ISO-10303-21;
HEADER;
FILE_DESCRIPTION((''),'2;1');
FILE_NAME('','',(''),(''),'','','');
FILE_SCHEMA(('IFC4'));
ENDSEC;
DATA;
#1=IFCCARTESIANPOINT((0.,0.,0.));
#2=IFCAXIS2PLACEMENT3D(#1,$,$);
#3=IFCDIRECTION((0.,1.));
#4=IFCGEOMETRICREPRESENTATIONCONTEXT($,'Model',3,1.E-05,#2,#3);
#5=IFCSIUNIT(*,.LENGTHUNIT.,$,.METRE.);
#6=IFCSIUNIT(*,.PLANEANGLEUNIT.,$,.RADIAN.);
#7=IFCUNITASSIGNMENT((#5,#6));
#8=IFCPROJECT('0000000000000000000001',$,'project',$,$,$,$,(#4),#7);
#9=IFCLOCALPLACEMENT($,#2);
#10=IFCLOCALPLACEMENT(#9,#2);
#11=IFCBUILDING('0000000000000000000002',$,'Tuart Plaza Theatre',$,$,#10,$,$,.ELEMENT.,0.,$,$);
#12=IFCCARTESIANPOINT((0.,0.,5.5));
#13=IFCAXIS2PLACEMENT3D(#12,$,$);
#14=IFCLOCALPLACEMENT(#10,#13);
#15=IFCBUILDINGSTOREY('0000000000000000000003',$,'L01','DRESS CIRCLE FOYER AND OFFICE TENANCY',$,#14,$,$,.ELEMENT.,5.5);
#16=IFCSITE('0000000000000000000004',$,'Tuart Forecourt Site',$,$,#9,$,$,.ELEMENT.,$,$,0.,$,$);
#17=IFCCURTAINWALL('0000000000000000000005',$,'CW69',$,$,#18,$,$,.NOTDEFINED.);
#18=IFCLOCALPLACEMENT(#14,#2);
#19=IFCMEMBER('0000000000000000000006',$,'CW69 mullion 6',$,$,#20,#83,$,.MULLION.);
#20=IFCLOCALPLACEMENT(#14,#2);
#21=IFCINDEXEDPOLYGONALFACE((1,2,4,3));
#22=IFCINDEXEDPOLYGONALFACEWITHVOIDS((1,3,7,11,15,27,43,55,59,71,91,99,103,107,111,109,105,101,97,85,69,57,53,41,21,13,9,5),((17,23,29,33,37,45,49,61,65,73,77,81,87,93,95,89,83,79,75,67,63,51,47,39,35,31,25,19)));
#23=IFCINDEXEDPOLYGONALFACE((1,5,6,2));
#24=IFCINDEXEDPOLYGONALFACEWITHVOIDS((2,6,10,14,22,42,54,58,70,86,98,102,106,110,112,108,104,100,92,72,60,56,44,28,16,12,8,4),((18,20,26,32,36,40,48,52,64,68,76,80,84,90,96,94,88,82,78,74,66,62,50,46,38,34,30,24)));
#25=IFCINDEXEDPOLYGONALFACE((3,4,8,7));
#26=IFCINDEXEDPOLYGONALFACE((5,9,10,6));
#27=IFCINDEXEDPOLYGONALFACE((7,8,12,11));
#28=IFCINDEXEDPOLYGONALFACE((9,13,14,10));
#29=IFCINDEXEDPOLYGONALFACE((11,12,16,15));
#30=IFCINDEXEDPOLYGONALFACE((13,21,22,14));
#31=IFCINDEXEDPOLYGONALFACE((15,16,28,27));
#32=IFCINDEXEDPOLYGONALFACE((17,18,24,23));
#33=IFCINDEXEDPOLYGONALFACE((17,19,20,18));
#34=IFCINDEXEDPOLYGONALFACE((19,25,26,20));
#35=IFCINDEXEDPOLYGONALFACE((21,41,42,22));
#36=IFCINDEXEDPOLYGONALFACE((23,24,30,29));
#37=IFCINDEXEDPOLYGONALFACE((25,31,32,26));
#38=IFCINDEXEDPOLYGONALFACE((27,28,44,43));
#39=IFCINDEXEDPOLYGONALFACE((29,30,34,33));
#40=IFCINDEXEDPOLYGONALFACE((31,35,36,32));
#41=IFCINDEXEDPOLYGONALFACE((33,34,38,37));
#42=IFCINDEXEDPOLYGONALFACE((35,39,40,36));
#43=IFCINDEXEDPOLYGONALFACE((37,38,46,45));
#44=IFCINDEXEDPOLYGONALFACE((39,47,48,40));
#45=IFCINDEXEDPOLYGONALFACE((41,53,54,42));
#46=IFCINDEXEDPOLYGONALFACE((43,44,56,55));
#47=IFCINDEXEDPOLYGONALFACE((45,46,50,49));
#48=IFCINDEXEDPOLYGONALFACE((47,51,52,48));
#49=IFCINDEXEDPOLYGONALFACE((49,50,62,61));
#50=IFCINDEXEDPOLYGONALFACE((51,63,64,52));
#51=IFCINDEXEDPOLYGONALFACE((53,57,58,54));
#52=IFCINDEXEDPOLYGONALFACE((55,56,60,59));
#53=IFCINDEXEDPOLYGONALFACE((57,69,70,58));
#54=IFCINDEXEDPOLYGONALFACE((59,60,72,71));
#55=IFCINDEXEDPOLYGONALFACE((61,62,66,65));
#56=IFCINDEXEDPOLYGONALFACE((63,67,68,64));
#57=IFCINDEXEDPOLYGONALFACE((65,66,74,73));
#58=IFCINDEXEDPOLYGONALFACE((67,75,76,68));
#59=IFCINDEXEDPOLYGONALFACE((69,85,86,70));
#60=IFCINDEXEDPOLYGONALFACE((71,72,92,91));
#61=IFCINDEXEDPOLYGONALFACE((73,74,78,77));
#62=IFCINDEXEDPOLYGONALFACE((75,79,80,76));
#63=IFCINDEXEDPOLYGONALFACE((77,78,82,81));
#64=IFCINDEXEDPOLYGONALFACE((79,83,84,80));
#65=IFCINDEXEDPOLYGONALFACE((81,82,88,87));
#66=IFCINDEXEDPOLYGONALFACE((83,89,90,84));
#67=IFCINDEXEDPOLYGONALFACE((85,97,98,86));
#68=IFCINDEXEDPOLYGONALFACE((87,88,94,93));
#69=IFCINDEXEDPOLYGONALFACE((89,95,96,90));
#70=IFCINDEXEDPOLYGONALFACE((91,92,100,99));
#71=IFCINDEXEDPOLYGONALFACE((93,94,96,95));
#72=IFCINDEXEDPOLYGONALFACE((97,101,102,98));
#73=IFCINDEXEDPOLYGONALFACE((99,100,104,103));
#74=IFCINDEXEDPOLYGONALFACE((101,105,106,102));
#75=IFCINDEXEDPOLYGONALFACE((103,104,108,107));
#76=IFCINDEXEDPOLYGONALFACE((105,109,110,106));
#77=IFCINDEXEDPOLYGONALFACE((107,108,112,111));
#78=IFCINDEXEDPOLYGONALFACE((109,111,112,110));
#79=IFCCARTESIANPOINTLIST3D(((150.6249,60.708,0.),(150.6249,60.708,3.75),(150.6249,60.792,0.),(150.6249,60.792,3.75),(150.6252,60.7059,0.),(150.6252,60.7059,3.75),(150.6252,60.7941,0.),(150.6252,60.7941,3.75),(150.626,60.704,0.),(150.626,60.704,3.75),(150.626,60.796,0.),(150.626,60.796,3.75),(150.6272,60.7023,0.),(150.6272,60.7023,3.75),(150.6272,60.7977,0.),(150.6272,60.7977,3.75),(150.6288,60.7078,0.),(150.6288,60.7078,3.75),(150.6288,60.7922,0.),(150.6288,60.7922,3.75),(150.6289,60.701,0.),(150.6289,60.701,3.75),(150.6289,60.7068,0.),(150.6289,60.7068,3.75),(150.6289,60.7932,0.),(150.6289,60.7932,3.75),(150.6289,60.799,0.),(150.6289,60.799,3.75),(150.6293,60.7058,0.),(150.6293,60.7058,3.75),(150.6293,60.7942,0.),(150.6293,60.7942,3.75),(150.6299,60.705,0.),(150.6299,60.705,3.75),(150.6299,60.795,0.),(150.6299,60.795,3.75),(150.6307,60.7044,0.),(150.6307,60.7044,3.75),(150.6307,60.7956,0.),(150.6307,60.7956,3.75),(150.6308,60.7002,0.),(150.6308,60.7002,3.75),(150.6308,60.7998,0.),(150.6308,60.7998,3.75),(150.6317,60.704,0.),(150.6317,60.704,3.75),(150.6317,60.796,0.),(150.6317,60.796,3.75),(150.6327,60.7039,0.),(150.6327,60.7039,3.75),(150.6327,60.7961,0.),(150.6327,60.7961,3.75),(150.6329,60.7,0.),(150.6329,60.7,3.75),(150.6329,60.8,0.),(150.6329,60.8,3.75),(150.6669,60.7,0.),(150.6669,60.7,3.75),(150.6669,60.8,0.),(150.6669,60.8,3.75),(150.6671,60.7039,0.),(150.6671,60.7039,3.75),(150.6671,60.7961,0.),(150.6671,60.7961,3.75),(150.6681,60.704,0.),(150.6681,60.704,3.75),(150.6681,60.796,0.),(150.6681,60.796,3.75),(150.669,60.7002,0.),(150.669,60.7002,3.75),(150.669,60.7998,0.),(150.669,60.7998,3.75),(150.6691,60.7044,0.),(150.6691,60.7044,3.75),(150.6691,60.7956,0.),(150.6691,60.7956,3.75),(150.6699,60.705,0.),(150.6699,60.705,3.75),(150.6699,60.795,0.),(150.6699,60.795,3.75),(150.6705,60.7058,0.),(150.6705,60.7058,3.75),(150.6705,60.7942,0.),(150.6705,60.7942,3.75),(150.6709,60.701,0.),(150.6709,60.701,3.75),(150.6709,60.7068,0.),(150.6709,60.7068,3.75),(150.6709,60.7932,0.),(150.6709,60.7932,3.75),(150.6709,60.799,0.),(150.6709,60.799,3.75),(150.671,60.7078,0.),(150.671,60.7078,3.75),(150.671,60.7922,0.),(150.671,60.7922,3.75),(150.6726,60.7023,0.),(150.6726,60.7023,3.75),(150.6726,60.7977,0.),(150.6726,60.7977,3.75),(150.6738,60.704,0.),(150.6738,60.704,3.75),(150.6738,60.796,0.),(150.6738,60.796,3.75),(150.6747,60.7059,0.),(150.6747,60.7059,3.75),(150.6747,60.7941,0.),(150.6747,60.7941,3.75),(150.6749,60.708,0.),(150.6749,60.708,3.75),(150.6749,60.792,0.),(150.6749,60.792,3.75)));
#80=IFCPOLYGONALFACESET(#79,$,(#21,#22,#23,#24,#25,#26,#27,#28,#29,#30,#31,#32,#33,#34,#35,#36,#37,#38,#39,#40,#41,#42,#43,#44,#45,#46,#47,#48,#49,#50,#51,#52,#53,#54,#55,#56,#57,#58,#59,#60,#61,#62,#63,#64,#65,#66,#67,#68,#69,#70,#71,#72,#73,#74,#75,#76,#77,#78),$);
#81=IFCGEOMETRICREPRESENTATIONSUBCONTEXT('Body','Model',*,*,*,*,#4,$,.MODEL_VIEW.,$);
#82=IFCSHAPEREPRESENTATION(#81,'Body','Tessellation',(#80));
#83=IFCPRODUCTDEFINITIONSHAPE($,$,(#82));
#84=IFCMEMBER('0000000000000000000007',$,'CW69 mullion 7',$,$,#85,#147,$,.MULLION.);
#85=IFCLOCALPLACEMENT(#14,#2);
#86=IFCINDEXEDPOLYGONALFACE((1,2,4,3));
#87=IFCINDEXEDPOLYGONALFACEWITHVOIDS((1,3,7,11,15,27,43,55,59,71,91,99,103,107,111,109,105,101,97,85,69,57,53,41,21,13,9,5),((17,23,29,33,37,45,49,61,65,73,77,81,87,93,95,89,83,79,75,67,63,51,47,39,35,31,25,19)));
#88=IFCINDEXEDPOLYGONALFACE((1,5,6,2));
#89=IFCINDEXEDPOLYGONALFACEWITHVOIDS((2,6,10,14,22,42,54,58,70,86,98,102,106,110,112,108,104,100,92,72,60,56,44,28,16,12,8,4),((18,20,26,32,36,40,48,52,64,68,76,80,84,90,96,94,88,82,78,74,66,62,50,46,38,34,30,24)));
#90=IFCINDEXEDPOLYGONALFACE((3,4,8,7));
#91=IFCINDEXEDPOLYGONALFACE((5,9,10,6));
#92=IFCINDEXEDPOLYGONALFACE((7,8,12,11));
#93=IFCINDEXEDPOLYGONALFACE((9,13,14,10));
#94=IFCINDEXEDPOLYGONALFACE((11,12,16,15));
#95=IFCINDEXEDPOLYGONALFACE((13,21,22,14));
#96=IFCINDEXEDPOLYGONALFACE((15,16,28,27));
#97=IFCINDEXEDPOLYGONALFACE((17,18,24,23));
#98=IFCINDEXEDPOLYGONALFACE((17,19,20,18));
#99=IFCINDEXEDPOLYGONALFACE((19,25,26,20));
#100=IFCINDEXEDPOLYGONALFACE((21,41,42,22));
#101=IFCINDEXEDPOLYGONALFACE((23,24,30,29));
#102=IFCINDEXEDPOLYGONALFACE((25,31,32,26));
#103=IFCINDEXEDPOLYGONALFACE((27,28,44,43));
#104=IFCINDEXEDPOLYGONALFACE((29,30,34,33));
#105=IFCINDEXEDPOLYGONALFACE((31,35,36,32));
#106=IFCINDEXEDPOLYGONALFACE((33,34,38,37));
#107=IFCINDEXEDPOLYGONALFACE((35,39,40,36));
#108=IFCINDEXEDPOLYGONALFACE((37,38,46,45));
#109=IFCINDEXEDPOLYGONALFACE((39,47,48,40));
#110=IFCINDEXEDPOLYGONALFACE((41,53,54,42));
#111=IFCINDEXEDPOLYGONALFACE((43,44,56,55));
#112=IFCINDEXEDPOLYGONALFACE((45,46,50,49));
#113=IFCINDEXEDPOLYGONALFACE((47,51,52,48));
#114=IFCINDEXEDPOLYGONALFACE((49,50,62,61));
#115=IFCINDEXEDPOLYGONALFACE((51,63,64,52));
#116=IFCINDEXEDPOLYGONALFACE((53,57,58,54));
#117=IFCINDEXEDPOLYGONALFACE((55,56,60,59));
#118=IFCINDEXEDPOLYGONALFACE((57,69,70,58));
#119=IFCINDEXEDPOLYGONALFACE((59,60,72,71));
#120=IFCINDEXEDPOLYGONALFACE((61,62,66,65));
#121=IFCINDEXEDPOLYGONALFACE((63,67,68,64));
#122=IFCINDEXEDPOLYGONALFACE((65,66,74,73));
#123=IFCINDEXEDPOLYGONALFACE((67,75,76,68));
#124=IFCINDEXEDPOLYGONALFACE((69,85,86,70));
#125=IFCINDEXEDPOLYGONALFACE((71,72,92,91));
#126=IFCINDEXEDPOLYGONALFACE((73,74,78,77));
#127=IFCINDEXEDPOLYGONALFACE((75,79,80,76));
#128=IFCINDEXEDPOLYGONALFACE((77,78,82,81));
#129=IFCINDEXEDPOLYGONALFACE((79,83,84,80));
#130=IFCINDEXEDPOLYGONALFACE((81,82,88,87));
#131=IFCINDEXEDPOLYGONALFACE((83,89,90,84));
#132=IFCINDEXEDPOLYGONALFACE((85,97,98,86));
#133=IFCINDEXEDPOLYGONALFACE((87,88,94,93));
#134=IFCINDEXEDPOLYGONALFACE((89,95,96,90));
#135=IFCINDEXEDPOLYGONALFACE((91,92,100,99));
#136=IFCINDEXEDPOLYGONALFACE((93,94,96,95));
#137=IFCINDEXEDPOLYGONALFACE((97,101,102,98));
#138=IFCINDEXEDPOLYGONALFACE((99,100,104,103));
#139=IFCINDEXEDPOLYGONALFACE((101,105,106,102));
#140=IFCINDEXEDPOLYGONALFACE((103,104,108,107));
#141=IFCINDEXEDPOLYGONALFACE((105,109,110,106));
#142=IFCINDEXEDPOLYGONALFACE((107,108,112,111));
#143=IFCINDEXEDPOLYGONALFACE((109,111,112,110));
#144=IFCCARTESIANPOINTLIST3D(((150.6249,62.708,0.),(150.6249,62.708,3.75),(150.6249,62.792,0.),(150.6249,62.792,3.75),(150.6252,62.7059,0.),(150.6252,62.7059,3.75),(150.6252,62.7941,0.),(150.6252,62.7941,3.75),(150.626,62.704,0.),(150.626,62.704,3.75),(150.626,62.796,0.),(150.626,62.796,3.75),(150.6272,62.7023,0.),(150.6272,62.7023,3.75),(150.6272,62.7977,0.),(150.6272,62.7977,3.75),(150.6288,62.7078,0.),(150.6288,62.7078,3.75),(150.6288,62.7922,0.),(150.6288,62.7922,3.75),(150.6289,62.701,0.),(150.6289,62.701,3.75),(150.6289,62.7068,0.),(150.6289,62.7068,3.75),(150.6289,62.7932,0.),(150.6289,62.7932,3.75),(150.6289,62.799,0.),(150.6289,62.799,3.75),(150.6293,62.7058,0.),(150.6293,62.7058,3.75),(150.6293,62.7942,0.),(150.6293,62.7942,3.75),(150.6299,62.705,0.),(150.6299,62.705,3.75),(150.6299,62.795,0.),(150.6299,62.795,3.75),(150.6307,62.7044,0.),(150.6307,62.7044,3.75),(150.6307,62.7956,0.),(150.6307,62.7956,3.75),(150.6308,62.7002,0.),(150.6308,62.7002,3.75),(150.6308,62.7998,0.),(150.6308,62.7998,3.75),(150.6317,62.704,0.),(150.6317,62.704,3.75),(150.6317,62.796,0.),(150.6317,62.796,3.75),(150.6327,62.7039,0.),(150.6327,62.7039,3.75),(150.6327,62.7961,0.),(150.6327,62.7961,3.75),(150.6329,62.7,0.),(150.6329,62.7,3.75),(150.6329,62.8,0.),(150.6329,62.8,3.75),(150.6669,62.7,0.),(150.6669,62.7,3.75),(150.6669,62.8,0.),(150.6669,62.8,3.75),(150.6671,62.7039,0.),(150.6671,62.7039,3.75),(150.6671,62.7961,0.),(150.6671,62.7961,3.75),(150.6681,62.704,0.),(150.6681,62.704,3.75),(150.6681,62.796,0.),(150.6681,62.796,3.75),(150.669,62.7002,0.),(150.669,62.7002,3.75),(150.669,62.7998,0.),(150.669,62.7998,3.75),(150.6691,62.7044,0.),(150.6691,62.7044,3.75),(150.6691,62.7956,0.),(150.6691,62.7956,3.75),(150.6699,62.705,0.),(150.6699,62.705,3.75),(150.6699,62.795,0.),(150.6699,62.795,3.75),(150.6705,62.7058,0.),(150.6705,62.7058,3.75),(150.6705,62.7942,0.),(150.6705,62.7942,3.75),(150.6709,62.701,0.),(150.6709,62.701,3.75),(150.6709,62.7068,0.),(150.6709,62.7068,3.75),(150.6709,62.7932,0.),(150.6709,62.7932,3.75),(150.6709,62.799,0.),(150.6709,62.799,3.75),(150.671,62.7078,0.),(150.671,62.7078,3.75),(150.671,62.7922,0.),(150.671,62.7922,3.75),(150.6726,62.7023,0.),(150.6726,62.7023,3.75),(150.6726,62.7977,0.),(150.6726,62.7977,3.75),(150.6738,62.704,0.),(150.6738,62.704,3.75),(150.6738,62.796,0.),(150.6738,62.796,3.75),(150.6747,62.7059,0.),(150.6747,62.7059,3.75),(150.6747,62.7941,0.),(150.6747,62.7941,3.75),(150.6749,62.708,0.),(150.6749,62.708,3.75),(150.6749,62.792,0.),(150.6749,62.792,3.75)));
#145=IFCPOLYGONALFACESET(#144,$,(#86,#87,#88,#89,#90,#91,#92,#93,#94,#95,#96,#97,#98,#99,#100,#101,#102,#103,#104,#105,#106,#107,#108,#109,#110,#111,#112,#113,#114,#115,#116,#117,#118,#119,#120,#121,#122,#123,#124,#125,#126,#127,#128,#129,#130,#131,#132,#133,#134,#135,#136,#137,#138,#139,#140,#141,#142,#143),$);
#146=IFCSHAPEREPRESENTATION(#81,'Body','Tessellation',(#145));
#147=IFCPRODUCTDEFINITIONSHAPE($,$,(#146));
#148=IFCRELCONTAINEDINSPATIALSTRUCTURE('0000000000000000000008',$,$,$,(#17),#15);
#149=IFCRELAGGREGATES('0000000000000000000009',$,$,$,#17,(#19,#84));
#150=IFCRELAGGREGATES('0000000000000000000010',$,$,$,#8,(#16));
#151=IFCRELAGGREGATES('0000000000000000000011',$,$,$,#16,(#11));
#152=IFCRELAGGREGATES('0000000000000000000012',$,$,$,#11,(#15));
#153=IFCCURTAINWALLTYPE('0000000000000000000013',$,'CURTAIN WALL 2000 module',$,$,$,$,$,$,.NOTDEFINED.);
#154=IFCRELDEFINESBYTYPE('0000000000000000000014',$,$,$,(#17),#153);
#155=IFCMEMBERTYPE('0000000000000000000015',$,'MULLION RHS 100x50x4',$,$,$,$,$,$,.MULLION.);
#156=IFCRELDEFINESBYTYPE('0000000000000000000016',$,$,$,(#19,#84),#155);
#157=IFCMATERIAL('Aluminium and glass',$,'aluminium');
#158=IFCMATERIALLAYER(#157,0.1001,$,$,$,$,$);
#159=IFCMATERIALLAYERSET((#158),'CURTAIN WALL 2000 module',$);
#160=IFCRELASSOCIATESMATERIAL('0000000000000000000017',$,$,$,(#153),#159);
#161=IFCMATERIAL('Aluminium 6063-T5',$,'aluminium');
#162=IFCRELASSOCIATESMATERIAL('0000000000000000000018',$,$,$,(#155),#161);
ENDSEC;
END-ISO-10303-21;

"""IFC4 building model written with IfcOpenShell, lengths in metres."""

from ifc_helpers import new_model, si_unit, direction, frame, origin, origin_2d, place, context, subcontext, project, spatial, hollow_rectangle, extrude, material, layer, layer_set, material_profile, profile_set, type_object, element, aggregate, save


model = new_model("IFC4")

# Units and contexts
model_context = context("Model", 3, precision=1e-05, world=origin(), true_north=direction((0.0, 1.0)))
body_context = subcontext(model_context, "Body", "Model", "MODEL_VIEW")
ifc_project = project(units=[si_unit("LENGTHUNIT", "METRE"), si_unit("PLANEANGLEUNIT", "RADIAN")], contexts=[model_context])

# Site, building, storey
site_placement = place(None, origin())
site = spatial("IfcSite", under=ifc_project, at=site_placement, Name="Tuart Forecourt Site", CompositionType="ELEMENT", RefElevation=0.0)
building_placement = place(site_placement, origin())
building = spatial("IfcBuilding", under=site, at=building_placement, Name="Tuart Plaza Theatre", CompositionType="ELEMENT", ElevationOfRefHeight=0.0)
storey_placement = place(building_placement, frame((0.0, 0.0, 5.5)))
storey = spatial("IfcBuildingStorey", under=building, at=storey_placement, Name="L01", Description="DRESS CIRCLE FOYER AND OFFICE TENANCY", CompositionType="ELEMENT", Elevation=5.5)

# Curtain wall, members
ifc_material_1 = material(Name="Aluminium and glass", Category="aluminium")
ifc_layer_1 = layer(ifc_material_1, 0.1001)
ifc_layer_set_1 = layer_set([ifc_layer_1], Name="CURTAIN WALL 2000 module")
curtain_wall_type = type_object("IfcCurtainWallType", Name="CURTAIN WALL 2000 module", PredefinedType="NOTDEFINED", material=ifc_layer_set_1)
curtain_wall_placement = place(storey_placement, origin())
curtain_wall = element("IfcCurtainWall", 1, at=curtain_wall_placement, inside=storey, type_object=curtain_wall_type, Name="CW69", PredefinedType="NOTDEFINED")
ifc_material_2 = material(Name="Aluminium 6063-T5", Category="aluminium")
ifc_material_profile_1 = material_profile(ifc_material_2, hollow_rectangle(XDim=0.05, YDim=0.1001, WallThickness=0.0039, InnerFilletRadius=0.0039, OuterFilletRadius=0.0081, at=origin_2d()), Name="RHS 100x50x4")
ifc_profile_set_1 = profile_set([ifc_material_profile_1], Name="Aluminium 6063-T5")
member_type_1 = type_object("IfcMemberType", Name="MULLION RHS 100x50x4", PredefinedType="MULLION", material=ifc_profile_set_1)
member_1_placement = place(storey_placement, frame((150.6499, 60.75, 0.0), z_axis=(0.0, 0.0, 1.0), x_axis=(-1.0, 0.0, 0.0)))
member_1 = element("IfcMember", 2, at=member_1_placement, type_object=member_type_1, Name="CW69 mullion 6", PredefinedType="MULLION", context=body_context, shape_type="SweptSolid", body=[
    extrude(hollow_rectangle(XDim=0.05, YDim=0.1001, WallThickness=0.0039, InnerFilletRadius=0.0039, OuterFilletRadius=0.0081, at=origin_2d()), origin(), (0.0, 0.0, 1.0), 3.75),
])
member_2_placement = place(storey_placement, frame((150.6499, 62.75, 0.0), z_axis=(0.0, 0.0, 1.0), x_axis=(-1.0, 0.0, 0.0)))
member_2 = element("IfcMember", 3, at=member_2_placement, type_object=member_type_1, Name="CW69 mullion 7", PredefinedType="MULLION", context=body_context, shape_type="SweptSolid", body=[
    extrude(hollow_rectangle(XDim=0.05, YDim=0.1001, WallThickness=0.0039, InnerFilletRadius=0.0039, OuterFilletRadius=0.0081, at=origin_2d()), origin(), (0.0, 0.0, 1.0), 3.75),
])
aggregate(curtain_wall, [member_1, member_2])

save(model, "model.ifc")
